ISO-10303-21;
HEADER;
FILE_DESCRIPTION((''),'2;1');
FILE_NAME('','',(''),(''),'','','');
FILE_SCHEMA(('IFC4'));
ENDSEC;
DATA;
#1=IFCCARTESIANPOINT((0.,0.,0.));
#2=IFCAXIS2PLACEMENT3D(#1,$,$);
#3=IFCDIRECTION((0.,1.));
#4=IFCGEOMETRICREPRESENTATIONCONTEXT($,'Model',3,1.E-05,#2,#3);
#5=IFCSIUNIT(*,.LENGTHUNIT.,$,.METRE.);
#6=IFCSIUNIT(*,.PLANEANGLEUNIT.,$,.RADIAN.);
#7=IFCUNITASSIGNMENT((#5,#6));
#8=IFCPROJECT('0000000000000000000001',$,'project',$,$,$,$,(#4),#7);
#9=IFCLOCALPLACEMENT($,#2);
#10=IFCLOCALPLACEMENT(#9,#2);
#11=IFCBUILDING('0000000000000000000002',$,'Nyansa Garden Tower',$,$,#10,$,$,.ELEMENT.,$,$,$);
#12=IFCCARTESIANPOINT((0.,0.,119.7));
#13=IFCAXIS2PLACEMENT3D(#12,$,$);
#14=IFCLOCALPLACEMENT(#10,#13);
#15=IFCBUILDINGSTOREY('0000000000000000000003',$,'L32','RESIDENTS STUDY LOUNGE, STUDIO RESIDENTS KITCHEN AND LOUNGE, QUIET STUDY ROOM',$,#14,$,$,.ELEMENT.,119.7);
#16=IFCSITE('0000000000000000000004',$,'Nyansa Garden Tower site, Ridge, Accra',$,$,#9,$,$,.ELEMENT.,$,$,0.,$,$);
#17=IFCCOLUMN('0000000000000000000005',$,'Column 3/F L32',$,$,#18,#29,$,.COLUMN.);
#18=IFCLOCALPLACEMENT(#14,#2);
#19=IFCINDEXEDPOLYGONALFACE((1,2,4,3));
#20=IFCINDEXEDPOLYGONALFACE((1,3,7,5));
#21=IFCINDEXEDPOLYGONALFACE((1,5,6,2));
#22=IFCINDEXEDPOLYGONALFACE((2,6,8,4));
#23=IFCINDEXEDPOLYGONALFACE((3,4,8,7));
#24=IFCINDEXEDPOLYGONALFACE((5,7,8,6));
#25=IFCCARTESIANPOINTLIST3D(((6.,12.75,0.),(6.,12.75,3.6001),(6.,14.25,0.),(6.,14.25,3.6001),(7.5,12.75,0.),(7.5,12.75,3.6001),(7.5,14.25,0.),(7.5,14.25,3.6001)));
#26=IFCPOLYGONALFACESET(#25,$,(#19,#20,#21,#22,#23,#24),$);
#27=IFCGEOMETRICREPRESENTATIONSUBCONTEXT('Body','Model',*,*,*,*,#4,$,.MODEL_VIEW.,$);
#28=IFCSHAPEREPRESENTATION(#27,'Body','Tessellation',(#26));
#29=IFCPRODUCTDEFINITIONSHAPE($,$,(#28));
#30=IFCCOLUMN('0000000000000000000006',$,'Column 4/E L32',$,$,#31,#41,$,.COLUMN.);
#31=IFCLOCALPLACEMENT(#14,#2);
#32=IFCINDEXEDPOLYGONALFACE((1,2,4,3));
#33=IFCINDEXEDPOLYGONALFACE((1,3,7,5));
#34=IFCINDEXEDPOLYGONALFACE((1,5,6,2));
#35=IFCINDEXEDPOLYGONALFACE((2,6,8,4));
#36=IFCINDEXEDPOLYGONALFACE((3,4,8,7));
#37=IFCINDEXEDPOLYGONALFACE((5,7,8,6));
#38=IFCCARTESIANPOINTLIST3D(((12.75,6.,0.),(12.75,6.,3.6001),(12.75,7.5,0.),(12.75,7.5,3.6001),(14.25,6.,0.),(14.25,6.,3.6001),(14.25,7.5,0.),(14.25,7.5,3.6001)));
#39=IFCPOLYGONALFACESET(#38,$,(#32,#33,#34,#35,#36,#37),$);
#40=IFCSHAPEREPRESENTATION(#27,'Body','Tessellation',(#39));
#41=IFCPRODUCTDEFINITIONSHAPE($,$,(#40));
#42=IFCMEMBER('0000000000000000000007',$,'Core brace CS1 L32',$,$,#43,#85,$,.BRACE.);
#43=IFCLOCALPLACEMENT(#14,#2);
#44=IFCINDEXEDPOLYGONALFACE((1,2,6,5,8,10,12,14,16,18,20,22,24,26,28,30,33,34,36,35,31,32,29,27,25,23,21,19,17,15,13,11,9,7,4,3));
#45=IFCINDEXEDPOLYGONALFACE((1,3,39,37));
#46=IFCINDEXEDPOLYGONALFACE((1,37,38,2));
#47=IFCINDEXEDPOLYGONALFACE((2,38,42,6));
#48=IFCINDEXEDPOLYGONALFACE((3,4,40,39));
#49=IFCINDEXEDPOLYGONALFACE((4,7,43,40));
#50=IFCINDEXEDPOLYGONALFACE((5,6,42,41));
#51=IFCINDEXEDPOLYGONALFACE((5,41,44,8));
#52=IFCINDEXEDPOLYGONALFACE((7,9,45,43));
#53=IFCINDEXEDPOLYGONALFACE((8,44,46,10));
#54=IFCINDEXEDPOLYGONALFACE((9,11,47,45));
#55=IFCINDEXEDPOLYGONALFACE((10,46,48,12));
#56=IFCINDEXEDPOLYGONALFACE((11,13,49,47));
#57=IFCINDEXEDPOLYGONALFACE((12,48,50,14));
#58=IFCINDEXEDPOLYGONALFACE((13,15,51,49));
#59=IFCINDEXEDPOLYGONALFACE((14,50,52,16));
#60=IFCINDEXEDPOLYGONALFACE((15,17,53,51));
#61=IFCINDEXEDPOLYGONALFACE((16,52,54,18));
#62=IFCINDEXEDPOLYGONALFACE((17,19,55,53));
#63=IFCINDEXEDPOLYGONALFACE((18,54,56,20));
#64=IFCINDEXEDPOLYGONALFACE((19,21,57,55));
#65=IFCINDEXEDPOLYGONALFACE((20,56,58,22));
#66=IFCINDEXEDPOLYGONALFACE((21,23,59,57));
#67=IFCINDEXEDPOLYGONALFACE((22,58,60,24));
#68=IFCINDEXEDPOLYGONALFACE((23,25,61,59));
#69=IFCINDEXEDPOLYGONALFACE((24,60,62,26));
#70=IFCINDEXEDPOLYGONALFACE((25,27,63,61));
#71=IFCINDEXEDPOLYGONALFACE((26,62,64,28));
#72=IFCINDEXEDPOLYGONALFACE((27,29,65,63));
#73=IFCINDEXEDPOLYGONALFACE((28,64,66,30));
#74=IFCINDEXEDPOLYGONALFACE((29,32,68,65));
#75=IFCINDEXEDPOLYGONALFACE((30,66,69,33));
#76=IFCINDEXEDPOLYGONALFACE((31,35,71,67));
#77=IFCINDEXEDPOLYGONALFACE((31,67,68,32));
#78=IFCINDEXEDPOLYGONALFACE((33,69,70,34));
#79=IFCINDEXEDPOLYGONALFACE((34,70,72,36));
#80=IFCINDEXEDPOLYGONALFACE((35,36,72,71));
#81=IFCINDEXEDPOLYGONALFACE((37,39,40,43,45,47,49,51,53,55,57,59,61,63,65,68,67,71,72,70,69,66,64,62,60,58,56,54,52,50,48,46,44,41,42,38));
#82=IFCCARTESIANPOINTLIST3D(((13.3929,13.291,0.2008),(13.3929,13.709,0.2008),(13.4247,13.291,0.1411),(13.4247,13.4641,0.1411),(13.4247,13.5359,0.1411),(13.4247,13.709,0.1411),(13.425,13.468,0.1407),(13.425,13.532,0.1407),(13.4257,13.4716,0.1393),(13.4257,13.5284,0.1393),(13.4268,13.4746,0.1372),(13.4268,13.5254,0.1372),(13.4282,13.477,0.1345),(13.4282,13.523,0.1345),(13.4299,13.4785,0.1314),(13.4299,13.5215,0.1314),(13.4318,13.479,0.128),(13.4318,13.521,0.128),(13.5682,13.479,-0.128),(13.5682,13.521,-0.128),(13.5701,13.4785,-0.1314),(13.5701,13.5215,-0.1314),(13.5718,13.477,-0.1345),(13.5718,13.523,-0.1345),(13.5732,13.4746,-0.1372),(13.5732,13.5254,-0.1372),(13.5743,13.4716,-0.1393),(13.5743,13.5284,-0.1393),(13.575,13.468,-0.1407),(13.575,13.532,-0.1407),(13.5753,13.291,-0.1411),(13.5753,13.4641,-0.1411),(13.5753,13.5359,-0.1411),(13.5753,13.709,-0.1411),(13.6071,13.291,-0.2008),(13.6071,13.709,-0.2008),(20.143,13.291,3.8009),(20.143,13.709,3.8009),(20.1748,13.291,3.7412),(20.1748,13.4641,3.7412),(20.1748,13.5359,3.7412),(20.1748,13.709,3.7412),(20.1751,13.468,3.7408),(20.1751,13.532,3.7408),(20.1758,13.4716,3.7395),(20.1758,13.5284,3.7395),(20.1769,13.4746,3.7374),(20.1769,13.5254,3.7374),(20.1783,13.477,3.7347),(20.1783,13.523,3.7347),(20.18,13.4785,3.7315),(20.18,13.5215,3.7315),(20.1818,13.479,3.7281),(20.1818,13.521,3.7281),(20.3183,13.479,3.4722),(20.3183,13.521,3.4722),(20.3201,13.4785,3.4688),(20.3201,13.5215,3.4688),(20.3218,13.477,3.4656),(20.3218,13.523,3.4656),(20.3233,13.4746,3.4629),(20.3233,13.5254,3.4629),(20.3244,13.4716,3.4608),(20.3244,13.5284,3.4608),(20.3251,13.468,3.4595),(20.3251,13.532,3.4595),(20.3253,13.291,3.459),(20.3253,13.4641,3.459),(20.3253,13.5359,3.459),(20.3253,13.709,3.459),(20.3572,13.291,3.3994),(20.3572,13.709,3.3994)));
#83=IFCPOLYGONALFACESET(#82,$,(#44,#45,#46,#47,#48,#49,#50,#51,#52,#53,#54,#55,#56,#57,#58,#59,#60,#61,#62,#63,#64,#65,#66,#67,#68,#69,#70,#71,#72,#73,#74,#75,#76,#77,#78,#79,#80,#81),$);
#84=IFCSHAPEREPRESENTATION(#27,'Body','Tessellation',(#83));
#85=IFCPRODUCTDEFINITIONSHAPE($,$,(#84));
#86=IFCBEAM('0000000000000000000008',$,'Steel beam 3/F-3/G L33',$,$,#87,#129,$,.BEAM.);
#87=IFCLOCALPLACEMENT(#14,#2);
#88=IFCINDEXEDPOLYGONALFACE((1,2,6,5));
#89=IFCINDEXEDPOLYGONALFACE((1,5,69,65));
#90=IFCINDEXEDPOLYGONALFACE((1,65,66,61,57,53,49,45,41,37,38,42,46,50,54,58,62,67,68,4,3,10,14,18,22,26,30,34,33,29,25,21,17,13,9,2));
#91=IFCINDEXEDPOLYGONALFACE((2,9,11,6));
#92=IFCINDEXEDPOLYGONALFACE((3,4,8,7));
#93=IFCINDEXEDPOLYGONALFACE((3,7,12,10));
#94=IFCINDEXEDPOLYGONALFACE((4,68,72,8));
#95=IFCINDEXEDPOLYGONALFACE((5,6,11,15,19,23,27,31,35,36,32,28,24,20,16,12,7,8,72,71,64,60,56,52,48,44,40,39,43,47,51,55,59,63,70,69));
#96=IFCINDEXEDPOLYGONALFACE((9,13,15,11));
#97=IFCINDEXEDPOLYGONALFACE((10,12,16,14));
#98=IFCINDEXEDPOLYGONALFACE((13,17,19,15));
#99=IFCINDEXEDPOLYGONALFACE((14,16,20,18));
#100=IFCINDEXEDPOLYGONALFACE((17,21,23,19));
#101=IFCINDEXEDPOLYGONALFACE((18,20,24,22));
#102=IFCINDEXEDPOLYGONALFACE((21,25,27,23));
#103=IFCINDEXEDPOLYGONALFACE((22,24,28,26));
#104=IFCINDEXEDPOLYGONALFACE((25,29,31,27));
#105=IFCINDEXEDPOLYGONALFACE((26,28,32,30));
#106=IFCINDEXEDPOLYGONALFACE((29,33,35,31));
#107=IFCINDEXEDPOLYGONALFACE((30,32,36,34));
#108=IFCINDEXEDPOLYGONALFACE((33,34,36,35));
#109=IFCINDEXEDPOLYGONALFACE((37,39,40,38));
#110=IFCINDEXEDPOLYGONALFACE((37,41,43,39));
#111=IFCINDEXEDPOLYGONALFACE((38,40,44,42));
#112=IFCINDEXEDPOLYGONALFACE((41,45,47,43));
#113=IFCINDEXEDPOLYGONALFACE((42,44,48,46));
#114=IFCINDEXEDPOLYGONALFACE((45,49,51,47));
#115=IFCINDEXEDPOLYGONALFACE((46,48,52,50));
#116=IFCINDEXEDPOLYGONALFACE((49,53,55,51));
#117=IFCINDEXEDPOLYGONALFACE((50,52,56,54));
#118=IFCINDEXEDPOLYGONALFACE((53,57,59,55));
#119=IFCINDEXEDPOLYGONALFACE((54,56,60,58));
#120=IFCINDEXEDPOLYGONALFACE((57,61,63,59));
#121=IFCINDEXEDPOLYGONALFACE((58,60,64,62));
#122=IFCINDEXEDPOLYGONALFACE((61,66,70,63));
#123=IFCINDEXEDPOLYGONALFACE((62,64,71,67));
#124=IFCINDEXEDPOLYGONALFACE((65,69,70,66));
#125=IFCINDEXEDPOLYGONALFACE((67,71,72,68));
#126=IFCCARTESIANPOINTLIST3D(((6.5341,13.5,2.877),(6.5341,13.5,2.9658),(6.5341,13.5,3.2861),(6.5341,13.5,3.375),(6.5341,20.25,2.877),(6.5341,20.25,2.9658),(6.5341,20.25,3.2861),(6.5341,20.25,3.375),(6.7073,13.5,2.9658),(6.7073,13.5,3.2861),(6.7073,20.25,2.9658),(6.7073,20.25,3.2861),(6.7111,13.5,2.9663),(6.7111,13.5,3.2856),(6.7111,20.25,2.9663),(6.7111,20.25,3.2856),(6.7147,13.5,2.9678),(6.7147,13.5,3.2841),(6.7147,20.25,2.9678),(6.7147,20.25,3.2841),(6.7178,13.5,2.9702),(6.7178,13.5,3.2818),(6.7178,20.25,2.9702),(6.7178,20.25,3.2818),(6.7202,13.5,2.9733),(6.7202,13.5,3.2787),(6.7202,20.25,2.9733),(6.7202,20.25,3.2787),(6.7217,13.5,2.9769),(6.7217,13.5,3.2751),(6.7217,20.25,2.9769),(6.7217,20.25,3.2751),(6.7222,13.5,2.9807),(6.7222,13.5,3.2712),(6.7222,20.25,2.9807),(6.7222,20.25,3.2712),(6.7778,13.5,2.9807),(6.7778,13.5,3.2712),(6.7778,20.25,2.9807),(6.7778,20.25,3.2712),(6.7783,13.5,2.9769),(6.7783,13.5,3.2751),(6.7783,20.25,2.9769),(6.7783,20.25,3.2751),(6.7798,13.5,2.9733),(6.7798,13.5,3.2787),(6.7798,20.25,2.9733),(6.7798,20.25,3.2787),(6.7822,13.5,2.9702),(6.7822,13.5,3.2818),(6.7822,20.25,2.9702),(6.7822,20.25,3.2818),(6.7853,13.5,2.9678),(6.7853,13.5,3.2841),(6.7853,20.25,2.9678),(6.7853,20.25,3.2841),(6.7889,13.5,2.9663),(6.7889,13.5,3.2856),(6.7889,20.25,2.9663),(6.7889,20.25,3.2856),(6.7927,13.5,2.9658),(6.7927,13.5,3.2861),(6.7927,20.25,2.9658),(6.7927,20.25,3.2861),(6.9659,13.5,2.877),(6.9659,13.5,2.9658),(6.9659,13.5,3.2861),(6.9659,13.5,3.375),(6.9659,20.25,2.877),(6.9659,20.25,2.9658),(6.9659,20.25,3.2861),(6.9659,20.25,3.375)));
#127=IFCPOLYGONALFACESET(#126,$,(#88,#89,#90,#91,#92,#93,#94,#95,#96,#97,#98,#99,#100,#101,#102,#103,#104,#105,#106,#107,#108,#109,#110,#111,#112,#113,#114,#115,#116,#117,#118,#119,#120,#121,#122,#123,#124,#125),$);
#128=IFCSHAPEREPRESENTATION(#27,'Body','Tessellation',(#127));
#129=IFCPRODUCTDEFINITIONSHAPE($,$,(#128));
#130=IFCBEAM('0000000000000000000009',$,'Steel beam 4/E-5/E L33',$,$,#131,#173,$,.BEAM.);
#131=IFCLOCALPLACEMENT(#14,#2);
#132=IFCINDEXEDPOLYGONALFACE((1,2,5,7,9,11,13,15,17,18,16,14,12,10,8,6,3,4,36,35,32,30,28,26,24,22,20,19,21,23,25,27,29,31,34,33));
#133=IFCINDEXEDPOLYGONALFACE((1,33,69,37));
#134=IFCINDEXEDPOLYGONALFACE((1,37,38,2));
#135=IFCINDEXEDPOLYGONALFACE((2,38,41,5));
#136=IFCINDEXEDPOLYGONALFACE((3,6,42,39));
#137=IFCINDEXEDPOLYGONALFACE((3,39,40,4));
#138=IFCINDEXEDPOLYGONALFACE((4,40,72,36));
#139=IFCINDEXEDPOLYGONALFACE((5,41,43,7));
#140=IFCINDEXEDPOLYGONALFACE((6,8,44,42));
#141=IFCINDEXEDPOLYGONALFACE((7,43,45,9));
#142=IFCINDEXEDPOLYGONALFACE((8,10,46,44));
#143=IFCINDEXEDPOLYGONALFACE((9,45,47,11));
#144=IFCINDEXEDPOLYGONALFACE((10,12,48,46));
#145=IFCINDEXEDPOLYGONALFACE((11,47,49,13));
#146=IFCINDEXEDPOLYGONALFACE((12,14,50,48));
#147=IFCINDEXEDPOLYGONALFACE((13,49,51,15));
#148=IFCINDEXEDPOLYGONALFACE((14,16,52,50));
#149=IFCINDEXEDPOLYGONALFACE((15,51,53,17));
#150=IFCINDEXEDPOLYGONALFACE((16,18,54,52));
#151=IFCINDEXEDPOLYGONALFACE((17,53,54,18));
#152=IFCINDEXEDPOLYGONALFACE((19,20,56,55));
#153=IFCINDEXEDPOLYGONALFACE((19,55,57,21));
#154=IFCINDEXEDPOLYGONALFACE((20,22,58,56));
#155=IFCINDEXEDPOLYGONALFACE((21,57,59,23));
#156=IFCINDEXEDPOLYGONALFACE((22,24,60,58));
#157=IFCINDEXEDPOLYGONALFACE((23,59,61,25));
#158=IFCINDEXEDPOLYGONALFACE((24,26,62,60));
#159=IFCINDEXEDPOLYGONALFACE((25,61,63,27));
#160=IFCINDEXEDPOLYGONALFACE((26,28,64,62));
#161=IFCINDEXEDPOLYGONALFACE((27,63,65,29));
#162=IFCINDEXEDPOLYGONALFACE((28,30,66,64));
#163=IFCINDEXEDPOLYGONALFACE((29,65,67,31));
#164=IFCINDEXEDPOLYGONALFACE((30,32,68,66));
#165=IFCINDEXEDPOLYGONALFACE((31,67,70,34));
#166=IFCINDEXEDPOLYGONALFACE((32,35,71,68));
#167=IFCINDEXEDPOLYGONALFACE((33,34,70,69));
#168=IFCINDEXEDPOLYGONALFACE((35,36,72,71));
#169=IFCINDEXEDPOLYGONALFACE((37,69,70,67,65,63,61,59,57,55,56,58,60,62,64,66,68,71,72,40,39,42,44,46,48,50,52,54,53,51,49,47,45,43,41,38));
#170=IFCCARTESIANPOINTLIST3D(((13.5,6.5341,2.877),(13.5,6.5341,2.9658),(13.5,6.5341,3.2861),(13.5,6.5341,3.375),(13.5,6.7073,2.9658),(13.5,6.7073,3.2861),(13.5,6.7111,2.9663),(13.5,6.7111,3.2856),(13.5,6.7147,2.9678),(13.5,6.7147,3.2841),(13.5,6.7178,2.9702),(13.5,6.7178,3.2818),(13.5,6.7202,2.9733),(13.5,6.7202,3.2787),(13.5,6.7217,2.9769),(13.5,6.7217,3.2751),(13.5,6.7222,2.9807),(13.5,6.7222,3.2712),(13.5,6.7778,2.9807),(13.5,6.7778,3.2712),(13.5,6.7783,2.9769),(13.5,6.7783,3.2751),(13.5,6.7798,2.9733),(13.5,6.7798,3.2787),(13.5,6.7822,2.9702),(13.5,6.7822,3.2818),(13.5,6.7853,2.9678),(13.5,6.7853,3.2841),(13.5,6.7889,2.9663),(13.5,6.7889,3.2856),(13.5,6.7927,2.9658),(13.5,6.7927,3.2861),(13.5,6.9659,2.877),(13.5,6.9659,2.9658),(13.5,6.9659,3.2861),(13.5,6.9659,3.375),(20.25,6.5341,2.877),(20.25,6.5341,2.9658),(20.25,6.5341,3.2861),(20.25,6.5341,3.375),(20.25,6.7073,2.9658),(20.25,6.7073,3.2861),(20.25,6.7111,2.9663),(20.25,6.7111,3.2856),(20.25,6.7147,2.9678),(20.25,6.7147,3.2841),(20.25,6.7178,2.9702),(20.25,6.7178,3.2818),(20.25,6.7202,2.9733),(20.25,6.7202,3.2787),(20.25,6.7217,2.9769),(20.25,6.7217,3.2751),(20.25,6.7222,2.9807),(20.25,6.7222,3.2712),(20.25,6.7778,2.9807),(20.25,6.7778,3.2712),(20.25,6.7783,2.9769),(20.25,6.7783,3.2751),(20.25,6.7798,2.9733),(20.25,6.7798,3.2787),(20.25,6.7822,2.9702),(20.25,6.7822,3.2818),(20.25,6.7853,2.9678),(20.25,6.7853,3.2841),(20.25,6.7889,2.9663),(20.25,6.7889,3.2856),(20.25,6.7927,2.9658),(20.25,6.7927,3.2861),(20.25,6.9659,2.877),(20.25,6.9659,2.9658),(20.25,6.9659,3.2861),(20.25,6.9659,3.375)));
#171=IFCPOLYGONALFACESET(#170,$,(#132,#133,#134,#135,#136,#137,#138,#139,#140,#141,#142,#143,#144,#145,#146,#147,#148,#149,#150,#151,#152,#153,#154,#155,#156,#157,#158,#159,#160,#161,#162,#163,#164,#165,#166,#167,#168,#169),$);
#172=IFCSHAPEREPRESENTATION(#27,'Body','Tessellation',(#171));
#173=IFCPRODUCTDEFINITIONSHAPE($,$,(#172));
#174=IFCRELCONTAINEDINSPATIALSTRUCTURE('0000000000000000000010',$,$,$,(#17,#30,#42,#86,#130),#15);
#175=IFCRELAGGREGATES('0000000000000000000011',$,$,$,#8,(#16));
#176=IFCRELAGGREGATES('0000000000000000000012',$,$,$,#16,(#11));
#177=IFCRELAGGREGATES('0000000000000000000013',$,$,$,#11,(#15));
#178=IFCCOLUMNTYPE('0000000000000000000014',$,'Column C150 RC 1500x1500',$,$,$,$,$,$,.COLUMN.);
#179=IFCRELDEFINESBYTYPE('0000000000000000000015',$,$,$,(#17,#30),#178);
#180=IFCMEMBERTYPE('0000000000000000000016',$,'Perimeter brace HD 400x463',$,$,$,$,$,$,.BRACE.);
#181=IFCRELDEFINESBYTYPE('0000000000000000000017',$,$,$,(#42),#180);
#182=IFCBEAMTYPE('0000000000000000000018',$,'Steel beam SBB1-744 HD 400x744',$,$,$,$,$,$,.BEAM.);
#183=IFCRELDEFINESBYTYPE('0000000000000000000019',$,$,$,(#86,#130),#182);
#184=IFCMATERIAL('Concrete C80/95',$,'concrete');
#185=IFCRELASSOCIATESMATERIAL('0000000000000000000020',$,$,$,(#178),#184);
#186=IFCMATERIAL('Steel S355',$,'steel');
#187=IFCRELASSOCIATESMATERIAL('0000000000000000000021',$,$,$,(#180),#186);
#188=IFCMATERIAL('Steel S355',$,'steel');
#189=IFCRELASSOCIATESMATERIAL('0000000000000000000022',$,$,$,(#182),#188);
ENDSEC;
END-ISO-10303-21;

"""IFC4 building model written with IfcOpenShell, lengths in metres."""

from ifc_helpers import new_model, si_unit, direction, frame, origin, origin_2d, place, context, subcontext, project, spatial, rectangle, i_section, extrude, material, material_profile, profile_set, type_object, element, save


model = new_model("IFC4")

# Units and contexts
model_context = context("Model", 3, precision=1e-05, world=origin(), true_north=direction((0.0, 1.0)))
body_context = subcontext(model_context, "Body", "Model", "MODEL_VIEW")
ifc_project = project(units=[si_unit("LENGTHUNIT", "METRE"), si_unit("PLANEANGLEUNIT", "RADIAN")], contexts=[model_context])

# Site, building, storey
site_placement = place(None, origin())
site = spatial("IfcSite", under=ifc_project, at=site_placement, Name="Nyansa Garden Tower site, Ridge, Accra", CompositionType="ELEMENT", RefElevation=0.0)
building_placement = place(site_placement, origin())
building = spatial("IfcBuilding", under=site, at=building_placement, Name="Nyansa Garden Tower", CompositionType="ELEMENT")
storey_placement = place(building_placement, frame((0.0, 0.0, 119.7)))
storey = spatial("IfcBuildingStorey", under=building, at=storey_placement, Name="L32", Description="RESIDENTS STUDY LOUNGE, STUDIO RESIDENTS KITCHEN AND LOUNGE, QUIET STUDY ROOM", CompositionType="ELEMENT", Elevation=119.7)

# Columns
ifc_material_1 = material(Name="Concrete C80/95", Category="concrete")
ifc_material_profile_1 = material_profile(ifc_material_1, rectangle(XDim=1.5, YDim=1.5, at=origin_2d()), Name="RC 1500x1500")
ifc_profile_set_1 = profile_set([ifc_material_profile_1], Name="Concrete C80/95")
column_type = type_object("IfcColumnType", Name="Column C150 RC 1500x1500", PredefinedType="COLUMN", material=ifc_profile_set_1)
for number, where, z_axis, x_axis, name in (
    (1, (6.75, 13.5, 0.0), (0.0, 0.0, 1.0), (1.0, 0.0, 0.0), "Column 3/F L32"),
    (2, (13.5, 6.75, 0.0), (0.0, 0.0, 1.0), (1.0, 0.0, 0.0), "Column 4/E L32"),
):
    element("IfcColumn", number, at=place(storey_placement, frame(where, z_axis=z_axis, x_axis=x_axis)), inside=storey, type_object=column_type, Name=name, PredefinedType="COLUMN", context=body_context, shape_type="SweptSolid", body=[
        extrude(rectangle(XDim=1.5, YDim=1.5, at=origin_2d()), origin(), (0.0, 0.0, 1.0), 3.6001),
    ])

# Member
ifc_material_2 = material(Name="Steel S355", Category="steel")
ifc_material_profile_2 = material_profile(ifc_material_2, i_section(OverallWidth=0.418, OverallDepth=0.4551, WebThickness=0.042, FlangeThickness=0.0676, FilletRadius=0.0149, at=origin_2d()), Name="HD 400x463")
ifc_profile_set_2 = profile_set([ifc_material_profile_2], Name="Steel S355")
member_type = type_object("IfcMemberType", Name="Perimeter brace HD 400x463", PredefinedType="BRACE", material=ifc_profile_set_2)
member_placement = place(storey_placement, frame((13.5, 13.5, 0.0), z_axis=(0.882348, 0.0, 0.470598), x_axis=(0.0, 1.0, 0.0)))
element("IfcMember", 3, at=member_placement, inside=storey, type_object=member_type, Name="Core brace CS1 L32", PredefinedType="BRACE", context=body_context, shape_type="SweptSolid", body=[
    extrude(i_section(OverallWidth=0.418, OverallDepth=0.4551, WebThickness=0.042, FlangeThickness=0.0676, FilletRadius=0.0149, at=origin_2d()), origin(), (0.0, 0.0, 1.0), 7.6501),
])

# Beams
ifc_material_3 = material(Name="Steel S355", Category="steel")
ifc_material_profile_3 = material_profile(ifc_material_3, i_section(OverallWidth=0.4319, OverallDepth=0.498, WebThickness=0.0557, FlangeThickness=0.0889, FilletRadius=0.0149, at=origin_2d()), Name="HD 400x744")
ifc_profile_set_3 = profile_set([ifc_material_profile_3], Name="Steel S355")
beam_type_1 = type_object("IfcBeamType", Name="Steel beam SBB1-744 HD 400x744", PredefinedType="BEAM", material=ifc_profile_set_3)
for number, where, z_axis, x_axis, name in (
    (4, (6.75, 13.5, 3.126), (0.0, 1.0, 0.0), (-1.0, 0.0, 0.0), "Steel beam 3/F-3/G L33"),
    (5, (13.5, 6.75, 3.126), (1.0, 0.0, 0.0), (0.0, 1.0, 0.0), "Steel beam 4/E-5/E L33"),
):
    element("IfcBeam", number, at=place(storey_placement, frame(where, z_axis=z_axis, x_axis=x_axis)), inside=storey, type_object=beam_type_1, Name=name, PredefinedType="BEAM", context=body_context, shape_type="SweptSolid", body=[
        extrude(i_section(OverallWidth=0.4319, OverallDepth=0.498, WebThickness=0.0557, FlangeThickness=0.0889, FilletRadius=0.0149, at=origin_2d()), origin(), (0.0, 0.0, 1.0), 6.75),
    ])

save(model, "model.ifc")
